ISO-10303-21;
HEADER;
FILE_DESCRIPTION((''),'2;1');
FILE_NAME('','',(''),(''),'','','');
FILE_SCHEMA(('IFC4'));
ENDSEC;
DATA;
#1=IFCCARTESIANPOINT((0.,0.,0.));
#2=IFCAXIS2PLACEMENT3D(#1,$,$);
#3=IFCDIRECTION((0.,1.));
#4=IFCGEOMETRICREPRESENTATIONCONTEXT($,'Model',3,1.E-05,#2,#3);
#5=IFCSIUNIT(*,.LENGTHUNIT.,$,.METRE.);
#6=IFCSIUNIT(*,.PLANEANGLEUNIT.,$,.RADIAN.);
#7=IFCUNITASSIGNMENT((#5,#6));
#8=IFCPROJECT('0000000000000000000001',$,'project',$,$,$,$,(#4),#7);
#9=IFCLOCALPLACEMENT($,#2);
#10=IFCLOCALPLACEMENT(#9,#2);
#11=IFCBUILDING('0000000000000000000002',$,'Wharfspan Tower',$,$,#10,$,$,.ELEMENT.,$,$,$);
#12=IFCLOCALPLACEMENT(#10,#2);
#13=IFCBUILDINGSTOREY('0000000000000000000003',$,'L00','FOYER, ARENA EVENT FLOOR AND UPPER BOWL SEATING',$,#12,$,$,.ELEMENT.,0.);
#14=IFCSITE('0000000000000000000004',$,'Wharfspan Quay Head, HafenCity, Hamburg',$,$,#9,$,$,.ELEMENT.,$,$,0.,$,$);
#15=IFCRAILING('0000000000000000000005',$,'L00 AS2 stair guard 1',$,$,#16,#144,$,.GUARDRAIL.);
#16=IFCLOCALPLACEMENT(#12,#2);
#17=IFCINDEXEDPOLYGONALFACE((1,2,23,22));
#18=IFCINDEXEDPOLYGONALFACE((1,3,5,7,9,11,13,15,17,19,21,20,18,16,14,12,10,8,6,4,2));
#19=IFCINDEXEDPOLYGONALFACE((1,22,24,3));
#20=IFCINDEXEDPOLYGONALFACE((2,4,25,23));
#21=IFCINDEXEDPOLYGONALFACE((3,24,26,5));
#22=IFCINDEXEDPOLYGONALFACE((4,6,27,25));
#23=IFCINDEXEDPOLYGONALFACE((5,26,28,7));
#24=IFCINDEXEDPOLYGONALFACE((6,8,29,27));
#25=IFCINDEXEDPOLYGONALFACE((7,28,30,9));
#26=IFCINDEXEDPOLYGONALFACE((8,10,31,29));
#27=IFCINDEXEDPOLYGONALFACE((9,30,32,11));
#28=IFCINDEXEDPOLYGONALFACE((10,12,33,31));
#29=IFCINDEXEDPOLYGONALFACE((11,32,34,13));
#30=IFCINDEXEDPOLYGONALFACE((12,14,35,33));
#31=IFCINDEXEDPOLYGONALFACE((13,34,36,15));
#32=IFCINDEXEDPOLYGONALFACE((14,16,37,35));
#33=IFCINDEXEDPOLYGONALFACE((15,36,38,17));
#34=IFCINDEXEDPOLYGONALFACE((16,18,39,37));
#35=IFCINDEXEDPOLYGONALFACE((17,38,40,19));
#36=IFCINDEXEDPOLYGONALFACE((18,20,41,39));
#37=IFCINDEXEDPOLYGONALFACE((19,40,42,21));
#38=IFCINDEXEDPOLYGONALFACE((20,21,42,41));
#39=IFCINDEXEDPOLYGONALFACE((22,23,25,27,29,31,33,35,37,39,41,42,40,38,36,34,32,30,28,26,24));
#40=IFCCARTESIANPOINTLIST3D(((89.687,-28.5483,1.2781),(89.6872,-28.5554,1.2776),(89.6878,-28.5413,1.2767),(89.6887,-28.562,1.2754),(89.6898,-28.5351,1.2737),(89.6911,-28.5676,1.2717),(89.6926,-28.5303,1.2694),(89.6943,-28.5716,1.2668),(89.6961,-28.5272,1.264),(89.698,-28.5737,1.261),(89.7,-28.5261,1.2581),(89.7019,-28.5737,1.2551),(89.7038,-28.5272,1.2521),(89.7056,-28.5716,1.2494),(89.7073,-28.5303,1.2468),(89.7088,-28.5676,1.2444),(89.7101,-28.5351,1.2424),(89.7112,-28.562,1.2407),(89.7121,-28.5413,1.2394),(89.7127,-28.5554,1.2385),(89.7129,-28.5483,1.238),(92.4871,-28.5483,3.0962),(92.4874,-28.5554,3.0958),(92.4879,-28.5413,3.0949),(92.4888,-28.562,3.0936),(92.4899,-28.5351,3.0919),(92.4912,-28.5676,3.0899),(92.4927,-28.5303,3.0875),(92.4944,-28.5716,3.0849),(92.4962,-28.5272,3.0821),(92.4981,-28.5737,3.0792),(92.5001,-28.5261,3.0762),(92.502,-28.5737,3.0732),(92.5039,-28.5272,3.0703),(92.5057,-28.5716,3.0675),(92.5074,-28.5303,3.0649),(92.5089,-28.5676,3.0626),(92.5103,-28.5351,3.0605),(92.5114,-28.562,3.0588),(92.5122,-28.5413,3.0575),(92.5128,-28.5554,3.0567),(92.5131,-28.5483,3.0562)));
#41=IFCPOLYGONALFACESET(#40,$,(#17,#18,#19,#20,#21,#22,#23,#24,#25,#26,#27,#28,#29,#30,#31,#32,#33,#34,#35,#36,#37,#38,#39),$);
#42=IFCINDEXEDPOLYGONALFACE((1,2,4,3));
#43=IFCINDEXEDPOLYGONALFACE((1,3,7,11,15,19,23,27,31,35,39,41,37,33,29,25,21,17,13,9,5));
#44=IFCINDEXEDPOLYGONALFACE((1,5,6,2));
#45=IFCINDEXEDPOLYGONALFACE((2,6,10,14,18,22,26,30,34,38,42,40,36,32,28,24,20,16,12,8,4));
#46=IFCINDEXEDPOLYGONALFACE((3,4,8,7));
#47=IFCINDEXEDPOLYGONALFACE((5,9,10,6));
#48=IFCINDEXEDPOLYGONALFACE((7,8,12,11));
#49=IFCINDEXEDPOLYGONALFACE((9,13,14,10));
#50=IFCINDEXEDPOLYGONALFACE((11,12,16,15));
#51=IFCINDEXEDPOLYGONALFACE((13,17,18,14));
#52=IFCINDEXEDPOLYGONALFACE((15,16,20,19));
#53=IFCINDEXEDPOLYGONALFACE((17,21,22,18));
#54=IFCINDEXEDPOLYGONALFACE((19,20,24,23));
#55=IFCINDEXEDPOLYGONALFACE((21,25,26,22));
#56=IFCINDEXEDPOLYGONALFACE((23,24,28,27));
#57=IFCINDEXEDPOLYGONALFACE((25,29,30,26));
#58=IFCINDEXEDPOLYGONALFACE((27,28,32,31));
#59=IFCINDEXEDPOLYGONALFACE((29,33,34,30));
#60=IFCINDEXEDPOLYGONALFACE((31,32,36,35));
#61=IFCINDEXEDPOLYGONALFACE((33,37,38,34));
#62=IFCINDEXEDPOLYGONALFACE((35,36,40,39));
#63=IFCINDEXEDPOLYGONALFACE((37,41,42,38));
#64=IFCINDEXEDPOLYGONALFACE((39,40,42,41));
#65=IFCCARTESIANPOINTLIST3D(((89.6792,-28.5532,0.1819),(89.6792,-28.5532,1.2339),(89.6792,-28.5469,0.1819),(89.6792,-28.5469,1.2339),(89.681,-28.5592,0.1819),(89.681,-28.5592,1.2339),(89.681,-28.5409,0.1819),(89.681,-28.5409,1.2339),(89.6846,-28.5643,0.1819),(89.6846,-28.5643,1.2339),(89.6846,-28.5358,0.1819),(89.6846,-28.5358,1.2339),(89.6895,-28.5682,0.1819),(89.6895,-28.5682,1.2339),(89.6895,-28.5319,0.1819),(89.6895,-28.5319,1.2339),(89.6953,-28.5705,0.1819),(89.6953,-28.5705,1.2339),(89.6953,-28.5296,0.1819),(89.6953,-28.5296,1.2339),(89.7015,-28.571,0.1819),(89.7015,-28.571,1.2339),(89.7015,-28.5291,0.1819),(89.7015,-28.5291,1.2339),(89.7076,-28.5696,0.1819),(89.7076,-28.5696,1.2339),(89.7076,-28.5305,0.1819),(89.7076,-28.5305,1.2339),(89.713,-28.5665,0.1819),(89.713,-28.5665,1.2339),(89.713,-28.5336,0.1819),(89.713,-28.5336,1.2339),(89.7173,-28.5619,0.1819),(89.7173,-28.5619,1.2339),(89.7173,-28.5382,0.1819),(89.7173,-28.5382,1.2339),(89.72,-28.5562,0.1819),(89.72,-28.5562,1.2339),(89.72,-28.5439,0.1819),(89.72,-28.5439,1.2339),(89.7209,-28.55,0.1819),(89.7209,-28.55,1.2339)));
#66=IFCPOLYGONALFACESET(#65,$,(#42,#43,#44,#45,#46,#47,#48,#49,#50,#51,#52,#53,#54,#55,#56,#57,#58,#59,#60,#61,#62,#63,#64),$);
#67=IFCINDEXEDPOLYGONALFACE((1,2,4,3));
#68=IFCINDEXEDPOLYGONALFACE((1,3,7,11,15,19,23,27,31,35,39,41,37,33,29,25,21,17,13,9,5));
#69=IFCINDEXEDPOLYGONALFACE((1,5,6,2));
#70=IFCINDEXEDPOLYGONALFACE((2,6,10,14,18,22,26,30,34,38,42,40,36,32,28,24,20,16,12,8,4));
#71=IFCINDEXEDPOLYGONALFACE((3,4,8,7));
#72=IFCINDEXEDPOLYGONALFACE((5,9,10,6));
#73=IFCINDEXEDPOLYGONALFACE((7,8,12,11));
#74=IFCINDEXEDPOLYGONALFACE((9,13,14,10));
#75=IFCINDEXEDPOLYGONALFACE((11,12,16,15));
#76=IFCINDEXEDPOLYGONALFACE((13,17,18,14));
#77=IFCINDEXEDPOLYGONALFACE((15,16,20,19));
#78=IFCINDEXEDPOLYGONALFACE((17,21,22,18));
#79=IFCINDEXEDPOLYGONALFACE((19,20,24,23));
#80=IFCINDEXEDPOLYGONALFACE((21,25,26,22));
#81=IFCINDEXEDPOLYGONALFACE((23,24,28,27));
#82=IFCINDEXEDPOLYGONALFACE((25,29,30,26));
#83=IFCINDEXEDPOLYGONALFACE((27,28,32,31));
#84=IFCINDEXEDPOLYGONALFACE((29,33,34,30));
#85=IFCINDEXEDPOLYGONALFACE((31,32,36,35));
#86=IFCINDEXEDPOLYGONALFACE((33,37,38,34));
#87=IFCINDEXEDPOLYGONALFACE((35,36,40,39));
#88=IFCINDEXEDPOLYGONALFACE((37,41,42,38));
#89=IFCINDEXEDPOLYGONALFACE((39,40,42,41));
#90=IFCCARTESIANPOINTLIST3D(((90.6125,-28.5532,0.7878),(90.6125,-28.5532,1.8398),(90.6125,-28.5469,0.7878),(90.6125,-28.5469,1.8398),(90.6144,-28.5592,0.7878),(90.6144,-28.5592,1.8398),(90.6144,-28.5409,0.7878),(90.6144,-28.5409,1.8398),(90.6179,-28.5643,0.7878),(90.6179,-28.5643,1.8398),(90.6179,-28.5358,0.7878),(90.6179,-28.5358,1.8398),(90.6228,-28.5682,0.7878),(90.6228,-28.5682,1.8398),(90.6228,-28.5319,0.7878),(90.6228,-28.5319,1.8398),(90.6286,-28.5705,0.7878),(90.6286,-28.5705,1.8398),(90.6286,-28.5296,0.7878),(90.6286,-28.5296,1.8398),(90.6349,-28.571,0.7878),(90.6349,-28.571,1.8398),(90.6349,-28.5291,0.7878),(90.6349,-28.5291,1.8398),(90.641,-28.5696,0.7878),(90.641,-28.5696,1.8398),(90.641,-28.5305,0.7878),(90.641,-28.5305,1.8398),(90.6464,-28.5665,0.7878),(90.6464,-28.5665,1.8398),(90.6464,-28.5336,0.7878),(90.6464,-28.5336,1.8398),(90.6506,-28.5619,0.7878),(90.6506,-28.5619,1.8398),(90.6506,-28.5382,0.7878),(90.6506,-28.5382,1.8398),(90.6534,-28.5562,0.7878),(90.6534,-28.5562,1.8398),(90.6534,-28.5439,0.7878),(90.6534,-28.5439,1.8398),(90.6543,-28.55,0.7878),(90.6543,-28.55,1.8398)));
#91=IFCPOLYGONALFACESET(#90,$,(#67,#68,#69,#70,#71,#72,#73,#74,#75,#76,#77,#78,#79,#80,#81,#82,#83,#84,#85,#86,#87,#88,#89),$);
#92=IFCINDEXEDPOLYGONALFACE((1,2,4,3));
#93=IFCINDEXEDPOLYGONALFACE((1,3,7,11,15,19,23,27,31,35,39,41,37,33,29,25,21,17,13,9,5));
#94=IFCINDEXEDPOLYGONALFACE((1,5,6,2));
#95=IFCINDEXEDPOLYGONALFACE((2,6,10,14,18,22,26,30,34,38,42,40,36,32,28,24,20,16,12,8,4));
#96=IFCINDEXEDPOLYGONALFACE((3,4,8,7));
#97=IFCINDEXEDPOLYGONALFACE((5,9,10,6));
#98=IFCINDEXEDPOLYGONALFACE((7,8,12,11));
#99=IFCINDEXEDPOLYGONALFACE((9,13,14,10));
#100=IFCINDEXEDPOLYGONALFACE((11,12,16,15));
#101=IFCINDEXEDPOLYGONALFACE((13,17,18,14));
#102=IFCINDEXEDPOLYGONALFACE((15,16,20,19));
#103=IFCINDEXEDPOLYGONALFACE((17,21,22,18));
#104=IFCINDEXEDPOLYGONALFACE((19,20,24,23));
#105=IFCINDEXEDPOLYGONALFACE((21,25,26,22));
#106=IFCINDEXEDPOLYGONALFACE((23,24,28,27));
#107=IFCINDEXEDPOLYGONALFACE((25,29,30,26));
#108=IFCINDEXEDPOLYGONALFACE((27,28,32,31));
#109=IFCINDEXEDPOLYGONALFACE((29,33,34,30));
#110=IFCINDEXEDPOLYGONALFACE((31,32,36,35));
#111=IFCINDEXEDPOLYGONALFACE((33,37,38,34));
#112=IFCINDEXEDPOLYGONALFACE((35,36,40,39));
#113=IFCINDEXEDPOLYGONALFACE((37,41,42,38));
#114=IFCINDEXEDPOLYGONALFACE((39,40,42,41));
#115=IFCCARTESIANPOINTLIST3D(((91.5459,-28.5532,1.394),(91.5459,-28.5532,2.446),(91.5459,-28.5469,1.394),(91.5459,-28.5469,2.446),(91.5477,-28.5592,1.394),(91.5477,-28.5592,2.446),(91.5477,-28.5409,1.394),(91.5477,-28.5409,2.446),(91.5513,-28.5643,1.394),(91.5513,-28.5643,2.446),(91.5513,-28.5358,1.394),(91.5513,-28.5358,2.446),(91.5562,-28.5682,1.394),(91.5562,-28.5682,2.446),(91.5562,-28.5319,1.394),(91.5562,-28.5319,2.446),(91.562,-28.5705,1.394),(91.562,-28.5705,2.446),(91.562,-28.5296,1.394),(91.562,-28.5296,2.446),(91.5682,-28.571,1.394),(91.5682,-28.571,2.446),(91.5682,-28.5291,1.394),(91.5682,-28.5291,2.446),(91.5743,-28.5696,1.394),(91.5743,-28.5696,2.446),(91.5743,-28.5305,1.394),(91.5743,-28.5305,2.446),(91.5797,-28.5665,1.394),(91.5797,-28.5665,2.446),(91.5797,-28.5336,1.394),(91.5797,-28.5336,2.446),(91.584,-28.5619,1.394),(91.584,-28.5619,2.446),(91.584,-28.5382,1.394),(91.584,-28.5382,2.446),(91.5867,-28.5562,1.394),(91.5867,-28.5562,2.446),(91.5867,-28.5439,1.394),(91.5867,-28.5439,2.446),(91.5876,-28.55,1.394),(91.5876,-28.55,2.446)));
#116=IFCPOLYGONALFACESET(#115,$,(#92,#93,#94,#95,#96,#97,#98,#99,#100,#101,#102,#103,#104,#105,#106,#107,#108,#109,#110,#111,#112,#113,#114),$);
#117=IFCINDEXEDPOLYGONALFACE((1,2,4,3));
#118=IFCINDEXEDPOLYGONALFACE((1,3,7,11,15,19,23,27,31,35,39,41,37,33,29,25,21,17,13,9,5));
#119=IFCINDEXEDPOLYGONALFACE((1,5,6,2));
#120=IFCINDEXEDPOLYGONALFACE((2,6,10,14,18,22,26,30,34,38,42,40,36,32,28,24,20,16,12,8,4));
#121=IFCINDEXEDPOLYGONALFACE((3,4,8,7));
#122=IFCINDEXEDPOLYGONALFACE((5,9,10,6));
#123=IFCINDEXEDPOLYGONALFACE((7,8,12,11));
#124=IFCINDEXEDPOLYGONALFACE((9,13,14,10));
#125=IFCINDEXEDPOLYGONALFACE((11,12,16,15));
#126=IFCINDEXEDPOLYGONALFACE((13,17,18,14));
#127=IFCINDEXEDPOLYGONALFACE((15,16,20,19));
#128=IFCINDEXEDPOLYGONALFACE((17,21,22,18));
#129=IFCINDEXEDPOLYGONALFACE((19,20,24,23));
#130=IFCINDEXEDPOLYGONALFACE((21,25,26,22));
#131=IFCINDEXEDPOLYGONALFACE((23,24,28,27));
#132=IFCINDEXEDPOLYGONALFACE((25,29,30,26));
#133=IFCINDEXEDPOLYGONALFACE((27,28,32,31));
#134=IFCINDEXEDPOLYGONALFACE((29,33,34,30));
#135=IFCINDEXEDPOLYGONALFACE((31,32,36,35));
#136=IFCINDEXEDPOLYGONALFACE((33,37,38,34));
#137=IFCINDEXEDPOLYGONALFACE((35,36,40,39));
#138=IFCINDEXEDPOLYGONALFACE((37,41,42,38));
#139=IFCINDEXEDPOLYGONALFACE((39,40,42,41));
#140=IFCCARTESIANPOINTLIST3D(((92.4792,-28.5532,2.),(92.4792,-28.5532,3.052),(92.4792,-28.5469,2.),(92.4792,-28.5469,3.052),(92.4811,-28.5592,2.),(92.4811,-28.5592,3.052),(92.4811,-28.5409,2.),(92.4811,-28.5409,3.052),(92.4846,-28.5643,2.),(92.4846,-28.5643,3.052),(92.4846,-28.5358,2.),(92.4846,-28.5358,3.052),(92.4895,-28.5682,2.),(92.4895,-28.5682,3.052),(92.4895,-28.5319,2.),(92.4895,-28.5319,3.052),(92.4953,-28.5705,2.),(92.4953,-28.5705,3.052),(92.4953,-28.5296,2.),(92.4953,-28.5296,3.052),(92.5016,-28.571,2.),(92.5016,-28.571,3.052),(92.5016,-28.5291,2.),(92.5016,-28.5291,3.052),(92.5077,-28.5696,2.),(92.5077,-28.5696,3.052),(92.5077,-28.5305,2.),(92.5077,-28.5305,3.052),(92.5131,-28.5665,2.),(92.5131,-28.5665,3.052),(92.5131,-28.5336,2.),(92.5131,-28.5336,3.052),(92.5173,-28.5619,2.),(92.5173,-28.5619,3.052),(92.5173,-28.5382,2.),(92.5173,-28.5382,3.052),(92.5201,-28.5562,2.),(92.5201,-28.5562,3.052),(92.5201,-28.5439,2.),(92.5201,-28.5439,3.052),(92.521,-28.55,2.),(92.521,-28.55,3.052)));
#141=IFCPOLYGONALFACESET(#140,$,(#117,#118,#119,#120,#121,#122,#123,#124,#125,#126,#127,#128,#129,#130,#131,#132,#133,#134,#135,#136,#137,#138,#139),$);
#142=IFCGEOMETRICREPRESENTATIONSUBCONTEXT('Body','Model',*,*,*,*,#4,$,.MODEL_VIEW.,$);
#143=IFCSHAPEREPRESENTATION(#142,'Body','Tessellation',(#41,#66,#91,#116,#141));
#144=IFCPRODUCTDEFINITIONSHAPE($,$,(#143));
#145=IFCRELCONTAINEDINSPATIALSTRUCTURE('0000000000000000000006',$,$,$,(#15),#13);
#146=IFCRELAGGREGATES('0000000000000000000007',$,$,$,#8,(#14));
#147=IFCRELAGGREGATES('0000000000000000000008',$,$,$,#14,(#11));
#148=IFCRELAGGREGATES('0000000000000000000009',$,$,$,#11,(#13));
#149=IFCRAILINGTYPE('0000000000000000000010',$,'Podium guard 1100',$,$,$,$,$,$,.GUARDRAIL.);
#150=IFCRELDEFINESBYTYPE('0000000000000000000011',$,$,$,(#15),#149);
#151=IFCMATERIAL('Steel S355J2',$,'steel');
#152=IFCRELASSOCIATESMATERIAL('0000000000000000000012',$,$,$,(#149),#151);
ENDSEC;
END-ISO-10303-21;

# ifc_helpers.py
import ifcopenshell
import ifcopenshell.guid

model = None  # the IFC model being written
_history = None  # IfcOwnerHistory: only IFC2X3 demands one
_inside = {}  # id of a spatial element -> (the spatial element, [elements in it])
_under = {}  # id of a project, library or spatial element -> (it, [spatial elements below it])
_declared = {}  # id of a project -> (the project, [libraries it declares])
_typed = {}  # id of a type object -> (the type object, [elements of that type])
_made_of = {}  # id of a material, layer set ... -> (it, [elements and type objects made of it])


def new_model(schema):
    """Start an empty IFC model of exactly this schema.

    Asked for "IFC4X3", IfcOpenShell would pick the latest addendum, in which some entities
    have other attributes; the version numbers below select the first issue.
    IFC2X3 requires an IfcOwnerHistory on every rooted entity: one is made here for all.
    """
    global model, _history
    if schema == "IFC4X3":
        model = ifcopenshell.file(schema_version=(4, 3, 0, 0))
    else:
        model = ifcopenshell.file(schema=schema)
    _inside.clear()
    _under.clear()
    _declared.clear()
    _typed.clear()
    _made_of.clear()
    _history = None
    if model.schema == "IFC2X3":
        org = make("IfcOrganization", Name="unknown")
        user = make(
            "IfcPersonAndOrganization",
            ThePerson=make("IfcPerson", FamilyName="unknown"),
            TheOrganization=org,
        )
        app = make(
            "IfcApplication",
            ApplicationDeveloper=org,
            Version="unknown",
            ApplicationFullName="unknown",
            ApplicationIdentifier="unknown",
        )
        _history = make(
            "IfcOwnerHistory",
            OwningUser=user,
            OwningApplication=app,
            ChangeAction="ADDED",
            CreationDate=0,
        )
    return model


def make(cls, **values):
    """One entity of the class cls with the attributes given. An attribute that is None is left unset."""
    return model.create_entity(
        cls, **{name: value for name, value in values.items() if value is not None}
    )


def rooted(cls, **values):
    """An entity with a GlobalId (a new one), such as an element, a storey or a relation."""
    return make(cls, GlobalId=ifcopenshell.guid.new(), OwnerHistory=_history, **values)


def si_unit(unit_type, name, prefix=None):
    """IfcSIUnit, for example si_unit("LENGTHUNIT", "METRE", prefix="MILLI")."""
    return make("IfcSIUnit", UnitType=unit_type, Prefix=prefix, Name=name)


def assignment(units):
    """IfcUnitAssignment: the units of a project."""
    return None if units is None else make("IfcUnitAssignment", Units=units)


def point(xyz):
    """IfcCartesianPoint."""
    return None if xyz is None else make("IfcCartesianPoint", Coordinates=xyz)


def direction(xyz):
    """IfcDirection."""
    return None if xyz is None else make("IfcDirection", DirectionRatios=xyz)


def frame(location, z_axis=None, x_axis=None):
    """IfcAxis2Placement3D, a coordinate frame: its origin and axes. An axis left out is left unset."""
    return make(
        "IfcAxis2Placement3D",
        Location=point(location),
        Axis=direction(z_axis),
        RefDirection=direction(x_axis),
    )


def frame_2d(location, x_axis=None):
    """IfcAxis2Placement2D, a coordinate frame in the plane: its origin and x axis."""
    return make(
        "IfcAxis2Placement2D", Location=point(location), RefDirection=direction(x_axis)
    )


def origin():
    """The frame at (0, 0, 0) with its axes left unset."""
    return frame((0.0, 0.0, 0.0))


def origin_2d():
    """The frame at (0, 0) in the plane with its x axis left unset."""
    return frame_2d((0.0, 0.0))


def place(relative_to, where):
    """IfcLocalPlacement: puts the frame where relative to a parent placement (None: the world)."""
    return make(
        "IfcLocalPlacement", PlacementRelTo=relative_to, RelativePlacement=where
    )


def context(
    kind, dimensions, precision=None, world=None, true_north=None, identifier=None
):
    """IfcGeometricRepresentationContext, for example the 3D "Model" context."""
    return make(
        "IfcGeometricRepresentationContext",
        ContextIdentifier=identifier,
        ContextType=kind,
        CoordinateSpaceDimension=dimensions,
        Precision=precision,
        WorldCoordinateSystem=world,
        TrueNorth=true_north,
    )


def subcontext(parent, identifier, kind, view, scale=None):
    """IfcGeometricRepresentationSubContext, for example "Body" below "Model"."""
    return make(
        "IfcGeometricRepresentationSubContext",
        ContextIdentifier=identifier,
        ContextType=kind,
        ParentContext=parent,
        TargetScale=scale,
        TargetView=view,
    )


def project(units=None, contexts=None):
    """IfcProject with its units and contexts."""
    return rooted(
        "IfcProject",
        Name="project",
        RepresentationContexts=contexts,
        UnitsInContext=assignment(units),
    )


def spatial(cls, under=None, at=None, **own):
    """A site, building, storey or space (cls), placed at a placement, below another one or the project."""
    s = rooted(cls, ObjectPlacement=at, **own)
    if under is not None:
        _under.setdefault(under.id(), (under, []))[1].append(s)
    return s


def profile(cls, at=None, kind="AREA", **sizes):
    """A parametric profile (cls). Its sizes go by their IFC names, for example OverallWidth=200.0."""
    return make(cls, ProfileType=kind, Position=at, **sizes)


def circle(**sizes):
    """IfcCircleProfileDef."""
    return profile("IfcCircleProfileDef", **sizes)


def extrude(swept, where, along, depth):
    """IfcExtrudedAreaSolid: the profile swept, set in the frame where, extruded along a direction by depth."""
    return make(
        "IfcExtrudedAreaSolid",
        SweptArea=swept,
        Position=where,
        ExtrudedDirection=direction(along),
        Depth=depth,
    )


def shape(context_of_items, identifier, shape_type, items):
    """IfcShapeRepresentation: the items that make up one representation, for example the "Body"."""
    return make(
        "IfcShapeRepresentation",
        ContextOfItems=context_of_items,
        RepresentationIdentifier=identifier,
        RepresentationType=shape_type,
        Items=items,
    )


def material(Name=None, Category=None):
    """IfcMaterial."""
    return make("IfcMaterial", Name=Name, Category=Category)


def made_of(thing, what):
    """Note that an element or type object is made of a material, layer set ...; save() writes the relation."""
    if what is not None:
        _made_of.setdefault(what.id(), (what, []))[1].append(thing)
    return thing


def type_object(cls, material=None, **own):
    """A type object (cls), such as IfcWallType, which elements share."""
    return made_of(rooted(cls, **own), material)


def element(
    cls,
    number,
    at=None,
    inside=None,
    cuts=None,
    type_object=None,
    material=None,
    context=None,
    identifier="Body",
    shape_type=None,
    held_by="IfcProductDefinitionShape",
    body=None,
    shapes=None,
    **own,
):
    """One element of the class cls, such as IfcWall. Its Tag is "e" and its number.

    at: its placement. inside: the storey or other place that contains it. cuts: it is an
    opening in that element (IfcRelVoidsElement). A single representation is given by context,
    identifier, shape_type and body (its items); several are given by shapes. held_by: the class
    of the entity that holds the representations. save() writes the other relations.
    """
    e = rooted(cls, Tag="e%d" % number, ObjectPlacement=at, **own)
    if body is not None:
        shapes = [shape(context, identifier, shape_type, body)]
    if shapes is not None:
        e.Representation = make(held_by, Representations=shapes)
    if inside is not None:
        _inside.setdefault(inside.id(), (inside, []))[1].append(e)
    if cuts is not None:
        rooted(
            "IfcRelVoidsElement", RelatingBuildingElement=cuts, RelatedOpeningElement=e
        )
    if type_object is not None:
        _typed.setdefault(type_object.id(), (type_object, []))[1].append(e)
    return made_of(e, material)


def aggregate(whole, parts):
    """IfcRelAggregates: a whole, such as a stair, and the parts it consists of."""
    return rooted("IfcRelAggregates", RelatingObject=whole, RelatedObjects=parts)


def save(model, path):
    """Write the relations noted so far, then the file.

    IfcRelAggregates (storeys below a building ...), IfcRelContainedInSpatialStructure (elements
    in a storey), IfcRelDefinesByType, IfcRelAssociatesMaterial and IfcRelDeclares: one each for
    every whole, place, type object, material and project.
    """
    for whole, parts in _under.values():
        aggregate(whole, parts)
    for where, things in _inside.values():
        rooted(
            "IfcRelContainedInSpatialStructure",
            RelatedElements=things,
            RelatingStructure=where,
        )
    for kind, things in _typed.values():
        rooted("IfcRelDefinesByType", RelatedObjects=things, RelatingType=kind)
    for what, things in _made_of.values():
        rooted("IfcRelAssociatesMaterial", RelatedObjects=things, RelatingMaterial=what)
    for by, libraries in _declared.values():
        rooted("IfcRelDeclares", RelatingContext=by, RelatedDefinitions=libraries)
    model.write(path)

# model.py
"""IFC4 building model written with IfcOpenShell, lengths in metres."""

from ifc_helpers import new_model, si_unit, direction, frame, origin, origin_2d, place, context, subcontext, project, spatial, circle, extrude, material, type_object, element, save


model = new_model("IFC4")

# Units and contexts
model_context = context("Model", 3, precision=1e-05, world=origin(), true_north=direction((0.0, 1.0)))
body_context = subcontext(model_context, "Body", "Model", "MODEL_VIEW")
ifc_project = project(units=[si_unit("LENGTHUNIT", "METRE"), si_unit("PLANEANGLEUNIT", "RADIAN")], contexts=[model_context])

# Site, building, storey
site_placement = place(None, origin())
site = spatial("IfcSite", under=ifc_project, at=site_placement, Name="Wharfspan Quay Head, HafenCity, Hamburg", CompositionType="ELEMENT", RefElevation=0.0)
building_placement = place(site_placement, origin())
building = spatial("IfcBuilding", under=site, at=building_placement, Name="Wharfspan Tower", CompositionType="ELEMENT")
storey_placement = place(building_placement, origin())
storey = spatial("IfcBuildingStorey", under=building, at=storey_placement, Name="L00", Description="FOYER, ARENA EVENT FLOOR AND UPPER BOWL SEATING", CompositionType="ELEMENT", Elevation=0.0)

# Railing
ifc_material_1 = material(Name="Steel S355J2", Category="steel")
railing_type_1 = type_object("IfcRailingType", Name="Podium guard 1100", PredefinedType="GUARDRAIL", material=ifc_material_1)
railing_1_placement = place(storey_placement, frame((89.7, -28.55, 0.1819)))
element("IfcRailing", 1, at=railing_1_placement, inside=storey, type_object=railing_type_1, Name="L00 AS2 stair guard 1", PredefinedType="GUARDRAIL", context=body_context, shape_type="SweptSolid", body=[
    extrude(circle(Radius=0.0239, at=origin_2d()), frame((0.0, 0.0, 1.0762), z_axis=(0.838706, 0.0, 0.544585), x_axis=(0.0, 1.0, 0.0)), (0.0, 0.0, 1.0), 3.3386),
    extrude(circle(Radius=0.021, at=origin_2d()), origin(), (0.0, 0.0, 1.0), 1.052),
    extrude(circle(Radius=0.021, at=origin_2d()), frame((0.9334, 0.0, 0.606)), (0.0, 0.0, 1.0), 1.052),
    extrude(circle(Radius=0.021, at=origin_2d()), frame((1.8667, 0.0, 1.2122)), (0.0, 0.0, 1.0), 1.052),
    extrude(circle(Radius=0.021, at=origin_2d()), frame((2.8, 0.0, 1.8181)), (0.0, 0.0, 1.0), 1.052),
])

save(model, "model.ifc")
